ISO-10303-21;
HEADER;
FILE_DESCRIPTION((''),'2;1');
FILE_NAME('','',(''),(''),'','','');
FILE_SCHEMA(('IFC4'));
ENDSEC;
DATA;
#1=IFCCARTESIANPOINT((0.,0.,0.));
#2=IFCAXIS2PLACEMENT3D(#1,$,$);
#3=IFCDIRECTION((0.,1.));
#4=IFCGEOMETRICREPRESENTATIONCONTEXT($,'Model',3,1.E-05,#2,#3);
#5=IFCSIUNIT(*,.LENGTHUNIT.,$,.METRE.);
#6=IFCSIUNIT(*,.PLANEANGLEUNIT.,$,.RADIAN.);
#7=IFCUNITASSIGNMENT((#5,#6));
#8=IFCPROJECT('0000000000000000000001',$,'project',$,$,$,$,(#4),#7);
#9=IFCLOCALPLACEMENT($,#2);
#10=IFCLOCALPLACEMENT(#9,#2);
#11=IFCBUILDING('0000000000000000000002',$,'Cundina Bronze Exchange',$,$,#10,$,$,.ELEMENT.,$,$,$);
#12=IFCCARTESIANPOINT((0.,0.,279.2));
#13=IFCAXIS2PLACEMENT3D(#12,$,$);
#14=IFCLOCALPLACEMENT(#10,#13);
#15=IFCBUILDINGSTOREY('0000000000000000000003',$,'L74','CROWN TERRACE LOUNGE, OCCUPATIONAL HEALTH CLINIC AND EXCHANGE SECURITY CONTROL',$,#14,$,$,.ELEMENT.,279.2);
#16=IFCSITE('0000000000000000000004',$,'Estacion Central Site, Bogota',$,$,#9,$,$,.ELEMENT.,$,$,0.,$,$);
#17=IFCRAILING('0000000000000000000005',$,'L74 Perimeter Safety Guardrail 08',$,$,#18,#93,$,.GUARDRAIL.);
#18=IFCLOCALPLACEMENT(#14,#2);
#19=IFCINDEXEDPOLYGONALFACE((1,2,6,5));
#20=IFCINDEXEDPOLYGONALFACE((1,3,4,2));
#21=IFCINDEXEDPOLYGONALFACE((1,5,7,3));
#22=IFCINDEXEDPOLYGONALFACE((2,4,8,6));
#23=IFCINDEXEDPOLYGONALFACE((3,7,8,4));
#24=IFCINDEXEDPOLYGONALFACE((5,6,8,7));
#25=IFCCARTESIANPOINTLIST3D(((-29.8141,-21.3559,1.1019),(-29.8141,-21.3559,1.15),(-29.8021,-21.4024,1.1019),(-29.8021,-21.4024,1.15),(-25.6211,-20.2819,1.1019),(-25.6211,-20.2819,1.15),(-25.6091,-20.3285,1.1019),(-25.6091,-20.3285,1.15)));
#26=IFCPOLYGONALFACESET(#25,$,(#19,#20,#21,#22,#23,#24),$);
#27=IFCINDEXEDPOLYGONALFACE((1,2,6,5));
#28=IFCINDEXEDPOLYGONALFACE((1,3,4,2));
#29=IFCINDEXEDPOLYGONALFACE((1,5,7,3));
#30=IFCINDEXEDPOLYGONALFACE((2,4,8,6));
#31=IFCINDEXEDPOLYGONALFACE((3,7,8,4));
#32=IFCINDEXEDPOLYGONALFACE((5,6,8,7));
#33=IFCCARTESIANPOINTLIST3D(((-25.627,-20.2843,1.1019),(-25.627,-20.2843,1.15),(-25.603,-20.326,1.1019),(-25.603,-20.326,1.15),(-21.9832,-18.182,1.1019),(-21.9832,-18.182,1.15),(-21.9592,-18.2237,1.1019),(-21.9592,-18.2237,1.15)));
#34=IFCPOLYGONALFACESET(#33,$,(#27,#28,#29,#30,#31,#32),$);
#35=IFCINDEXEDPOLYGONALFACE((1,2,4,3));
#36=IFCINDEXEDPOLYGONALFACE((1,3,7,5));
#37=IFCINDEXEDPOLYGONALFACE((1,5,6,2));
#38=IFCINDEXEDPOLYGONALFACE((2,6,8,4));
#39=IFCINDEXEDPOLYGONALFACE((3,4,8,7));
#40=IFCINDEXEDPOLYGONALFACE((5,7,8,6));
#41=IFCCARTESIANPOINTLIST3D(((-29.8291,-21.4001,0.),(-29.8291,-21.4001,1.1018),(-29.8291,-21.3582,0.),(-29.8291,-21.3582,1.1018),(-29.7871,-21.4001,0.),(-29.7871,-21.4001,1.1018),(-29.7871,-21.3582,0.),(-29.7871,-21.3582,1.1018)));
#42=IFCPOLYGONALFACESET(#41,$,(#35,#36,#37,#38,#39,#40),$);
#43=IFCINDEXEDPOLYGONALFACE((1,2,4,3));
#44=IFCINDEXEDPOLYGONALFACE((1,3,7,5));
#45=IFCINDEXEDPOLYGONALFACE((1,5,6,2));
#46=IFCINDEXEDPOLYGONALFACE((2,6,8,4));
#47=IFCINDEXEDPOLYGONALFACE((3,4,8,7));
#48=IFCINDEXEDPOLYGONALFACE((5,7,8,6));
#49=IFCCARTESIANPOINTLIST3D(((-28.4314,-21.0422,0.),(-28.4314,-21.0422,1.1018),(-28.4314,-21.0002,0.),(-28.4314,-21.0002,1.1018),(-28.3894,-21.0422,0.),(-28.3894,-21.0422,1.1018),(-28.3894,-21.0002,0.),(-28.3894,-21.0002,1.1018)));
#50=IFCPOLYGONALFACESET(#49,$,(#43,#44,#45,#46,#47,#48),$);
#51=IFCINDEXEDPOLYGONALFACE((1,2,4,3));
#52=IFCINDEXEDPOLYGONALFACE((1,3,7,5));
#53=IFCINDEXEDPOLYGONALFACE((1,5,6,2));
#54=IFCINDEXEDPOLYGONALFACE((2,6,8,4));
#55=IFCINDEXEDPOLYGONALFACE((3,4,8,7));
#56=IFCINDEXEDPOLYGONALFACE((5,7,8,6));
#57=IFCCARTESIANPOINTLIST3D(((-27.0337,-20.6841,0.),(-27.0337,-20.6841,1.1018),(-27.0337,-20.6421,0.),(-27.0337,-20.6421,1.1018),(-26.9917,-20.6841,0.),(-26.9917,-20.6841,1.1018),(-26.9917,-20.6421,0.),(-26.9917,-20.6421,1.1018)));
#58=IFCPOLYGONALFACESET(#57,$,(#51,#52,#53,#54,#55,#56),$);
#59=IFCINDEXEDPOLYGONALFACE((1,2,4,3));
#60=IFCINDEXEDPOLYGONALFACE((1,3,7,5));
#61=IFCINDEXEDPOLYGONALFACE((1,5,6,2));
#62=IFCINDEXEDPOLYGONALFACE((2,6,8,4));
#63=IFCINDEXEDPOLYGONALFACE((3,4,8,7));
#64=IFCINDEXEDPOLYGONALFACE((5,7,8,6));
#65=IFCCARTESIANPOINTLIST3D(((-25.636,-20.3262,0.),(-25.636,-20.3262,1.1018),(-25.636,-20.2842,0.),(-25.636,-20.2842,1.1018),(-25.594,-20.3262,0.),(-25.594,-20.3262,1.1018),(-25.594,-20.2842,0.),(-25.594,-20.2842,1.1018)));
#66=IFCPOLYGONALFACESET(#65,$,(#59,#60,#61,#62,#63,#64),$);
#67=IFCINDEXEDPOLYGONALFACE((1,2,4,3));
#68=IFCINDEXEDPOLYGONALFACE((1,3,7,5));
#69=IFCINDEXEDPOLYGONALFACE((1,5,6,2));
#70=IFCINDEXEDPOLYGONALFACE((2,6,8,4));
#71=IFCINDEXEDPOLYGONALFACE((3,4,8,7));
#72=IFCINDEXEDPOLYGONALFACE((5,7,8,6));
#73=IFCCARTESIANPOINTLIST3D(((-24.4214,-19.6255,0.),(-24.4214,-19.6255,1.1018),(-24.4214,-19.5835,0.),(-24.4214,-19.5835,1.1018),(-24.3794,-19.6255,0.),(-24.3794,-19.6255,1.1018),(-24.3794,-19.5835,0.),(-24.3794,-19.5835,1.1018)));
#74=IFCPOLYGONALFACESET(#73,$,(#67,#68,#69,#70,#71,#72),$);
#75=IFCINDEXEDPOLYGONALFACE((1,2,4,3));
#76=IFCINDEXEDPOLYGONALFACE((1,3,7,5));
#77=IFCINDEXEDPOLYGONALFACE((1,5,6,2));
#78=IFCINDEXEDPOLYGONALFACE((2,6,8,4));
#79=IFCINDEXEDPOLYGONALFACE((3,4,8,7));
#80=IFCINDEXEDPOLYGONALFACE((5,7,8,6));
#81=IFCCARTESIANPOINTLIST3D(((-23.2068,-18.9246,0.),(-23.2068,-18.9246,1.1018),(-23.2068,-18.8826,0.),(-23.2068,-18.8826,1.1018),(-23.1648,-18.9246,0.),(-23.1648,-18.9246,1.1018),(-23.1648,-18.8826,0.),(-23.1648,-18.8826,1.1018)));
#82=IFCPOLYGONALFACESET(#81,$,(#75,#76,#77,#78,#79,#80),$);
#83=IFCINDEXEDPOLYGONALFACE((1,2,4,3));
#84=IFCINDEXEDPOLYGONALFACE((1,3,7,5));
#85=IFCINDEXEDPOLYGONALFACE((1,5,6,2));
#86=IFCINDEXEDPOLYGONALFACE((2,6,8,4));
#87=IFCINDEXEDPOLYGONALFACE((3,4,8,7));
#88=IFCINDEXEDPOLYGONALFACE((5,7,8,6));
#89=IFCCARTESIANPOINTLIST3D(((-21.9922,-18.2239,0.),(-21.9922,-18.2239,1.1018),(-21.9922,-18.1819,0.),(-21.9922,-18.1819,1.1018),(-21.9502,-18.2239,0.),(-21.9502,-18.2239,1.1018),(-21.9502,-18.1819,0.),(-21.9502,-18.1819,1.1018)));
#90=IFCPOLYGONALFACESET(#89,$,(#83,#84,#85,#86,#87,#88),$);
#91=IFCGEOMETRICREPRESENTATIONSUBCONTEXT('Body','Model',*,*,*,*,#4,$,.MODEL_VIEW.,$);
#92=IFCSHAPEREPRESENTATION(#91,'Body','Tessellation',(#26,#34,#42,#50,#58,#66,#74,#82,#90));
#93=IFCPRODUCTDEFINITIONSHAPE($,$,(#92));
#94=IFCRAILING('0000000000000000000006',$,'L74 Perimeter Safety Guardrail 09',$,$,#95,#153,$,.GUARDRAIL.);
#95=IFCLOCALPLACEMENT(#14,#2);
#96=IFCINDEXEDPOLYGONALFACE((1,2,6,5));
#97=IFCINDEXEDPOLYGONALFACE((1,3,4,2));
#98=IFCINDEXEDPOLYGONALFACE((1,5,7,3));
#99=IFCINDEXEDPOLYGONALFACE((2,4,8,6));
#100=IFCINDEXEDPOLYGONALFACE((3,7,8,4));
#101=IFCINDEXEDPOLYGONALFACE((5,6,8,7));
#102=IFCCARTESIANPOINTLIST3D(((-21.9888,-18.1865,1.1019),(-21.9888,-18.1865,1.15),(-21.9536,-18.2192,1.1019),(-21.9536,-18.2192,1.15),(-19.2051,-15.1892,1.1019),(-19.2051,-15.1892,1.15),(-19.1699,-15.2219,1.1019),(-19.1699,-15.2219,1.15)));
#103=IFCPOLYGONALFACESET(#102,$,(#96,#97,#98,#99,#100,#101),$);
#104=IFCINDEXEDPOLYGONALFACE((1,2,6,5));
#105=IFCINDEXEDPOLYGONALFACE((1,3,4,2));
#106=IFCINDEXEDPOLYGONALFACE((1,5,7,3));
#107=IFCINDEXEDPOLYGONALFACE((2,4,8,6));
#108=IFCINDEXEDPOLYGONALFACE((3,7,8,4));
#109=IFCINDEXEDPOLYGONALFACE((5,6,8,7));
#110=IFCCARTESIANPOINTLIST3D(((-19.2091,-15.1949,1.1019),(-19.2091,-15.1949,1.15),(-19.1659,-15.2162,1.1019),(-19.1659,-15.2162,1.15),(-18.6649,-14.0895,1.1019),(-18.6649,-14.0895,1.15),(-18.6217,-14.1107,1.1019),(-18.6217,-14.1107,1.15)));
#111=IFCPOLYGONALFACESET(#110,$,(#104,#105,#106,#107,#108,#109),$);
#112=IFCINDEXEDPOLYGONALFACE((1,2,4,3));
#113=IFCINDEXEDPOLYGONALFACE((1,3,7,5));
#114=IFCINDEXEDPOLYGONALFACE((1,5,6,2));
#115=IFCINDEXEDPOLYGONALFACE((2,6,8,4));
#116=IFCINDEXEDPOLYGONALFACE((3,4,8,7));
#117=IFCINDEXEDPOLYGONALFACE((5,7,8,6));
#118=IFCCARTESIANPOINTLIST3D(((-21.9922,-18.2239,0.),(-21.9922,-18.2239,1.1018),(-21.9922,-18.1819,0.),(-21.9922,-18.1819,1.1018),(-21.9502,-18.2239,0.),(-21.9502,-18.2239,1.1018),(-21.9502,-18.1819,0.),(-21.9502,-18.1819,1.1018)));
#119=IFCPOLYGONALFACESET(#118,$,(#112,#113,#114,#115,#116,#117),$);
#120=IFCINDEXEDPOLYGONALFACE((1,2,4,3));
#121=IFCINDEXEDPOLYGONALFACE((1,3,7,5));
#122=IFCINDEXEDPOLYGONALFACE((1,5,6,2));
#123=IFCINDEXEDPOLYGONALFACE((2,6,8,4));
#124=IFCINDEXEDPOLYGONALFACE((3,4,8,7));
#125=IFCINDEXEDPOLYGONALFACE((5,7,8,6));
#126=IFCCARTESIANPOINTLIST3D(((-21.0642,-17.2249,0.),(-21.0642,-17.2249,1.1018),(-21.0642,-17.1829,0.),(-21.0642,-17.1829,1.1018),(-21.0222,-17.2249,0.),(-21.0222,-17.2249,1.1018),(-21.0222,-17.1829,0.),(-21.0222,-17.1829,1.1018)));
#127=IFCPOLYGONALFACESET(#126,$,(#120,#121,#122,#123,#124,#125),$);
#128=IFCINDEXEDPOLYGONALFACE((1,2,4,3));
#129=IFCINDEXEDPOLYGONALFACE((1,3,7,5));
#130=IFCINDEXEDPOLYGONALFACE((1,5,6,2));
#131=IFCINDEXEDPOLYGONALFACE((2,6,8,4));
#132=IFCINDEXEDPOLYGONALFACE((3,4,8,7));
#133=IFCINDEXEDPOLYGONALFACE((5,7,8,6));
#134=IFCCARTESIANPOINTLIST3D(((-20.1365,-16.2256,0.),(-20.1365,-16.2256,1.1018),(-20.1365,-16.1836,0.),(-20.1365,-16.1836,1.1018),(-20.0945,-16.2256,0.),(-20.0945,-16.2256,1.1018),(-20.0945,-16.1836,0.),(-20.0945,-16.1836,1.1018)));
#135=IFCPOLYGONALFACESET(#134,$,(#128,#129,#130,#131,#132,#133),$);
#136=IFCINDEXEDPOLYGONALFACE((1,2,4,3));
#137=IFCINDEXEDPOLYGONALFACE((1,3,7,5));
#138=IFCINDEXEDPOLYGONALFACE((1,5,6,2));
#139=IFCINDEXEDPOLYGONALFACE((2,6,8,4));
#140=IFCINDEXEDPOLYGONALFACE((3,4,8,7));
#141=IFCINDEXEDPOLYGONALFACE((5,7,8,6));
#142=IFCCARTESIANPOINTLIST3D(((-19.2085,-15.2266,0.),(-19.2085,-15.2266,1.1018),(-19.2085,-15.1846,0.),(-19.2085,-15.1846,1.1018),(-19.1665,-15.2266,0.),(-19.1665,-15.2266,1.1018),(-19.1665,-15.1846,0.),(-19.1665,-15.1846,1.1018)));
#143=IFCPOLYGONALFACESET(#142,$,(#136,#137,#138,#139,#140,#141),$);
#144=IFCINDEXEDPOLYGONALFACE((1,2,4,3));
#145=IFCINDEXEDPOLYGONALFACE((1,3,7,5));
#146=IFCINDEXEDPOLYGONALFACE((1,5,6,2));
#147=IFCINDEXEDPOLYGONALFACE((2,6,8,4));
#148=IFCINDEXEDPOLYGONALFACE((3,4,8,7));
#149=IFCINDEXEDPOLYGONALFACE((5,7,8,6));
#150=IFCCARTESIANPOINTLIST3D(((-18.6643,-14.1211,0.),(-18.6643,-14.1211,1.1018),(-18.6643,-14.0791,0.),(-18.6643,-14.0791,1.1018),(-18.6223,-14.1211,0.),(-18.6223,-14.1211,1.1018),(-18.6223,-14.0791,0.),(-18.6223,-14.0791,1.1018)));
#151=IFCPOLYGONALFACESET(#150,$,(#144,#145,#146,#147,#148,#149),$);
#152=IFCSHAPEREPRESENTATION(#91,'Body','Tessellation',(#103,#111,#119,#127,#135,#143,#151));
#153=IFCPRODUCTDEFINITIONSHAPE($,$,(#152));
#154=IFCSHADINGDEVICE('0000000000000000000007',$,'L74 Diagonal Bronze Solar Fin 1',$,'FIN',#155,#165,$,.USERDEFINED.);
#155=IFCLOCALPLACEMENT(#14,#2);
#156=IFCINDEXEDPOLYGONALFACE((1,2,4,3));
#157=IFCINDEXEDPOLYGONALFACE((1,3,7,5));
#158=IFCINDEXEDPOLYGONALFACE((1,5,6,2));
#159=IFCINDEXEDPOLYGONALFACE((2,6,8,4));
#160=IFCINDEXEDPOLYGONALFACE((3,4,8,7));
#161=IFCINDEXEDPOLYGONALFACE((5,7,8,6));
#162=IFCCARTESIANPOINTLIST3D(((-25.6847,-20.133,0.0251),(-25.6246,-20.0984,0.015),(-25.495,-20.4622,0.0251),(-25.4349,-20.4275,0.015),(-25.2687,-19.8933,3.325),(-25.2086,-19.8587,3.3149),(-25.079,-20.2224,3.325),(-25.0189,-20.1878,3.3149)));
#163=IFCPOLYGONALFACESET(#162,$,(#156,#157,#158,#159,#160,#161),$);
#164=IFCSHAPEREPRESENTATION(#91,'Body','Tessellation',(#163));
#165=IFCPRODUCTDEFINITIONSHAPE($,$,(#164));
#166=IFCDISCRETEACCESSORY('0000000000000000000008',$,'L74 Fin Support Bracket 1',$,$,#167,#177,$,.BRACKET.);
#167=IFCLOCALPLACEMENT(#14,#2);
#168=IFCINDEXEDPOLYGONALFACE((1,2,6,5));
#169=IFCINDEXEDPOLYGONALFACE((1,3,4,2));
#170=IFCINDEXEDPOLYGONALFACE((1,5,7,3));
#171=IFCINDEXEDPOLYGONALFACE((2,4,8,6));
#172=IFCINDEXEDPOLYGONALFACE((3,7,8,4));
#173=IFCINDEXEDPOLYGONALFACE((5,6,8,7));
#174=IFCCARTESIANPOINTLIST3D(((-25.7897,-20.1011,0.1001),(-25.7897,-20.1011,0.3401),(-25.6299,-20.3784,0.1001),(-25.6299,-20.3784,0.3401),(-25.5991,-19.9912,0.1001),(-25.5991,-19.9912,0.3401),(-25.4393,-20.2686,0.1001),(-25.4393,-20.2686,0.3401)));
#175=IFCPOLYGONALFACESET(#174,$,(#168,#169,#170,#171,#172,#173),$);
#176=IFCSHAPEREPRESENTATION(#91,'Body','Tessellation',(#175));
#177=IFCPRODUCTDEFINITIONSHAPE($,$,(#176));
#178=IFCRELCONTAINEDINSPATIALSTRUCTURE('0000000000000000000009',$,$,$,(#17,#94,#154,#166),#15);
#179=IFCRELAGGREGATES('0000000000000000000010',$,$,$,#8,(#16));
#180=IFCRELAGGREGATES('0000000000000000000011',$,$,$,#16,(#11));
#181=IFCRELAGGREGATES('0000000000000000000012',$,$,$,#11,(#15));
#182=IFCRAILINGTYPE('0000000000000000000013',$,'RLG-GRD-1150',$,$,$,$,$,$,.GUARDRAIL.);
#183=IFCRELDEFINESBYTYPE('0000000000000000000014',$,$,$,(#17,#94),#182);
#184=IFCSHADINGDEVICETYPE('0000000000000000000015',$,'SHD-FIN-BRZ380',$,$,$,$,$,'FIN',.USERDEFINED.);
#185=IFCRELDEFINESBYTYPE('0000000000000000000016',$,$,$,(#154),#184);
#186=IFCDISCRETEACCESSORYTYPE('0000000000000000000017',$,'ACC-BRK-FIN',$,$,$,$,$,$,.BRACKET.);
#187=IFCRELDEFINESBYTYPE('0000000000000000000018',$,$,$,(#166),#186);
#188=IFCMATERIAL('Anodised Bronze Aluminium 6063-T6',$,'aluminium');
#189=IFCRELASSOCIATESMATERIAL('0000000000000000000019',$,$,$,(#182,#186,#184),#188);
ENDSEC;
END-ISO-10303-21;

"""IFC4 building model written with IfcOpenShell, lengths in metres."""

from ifc_helpers import new_model, si_unit, direction, frame, origin, origin_2d, place, context, subcontext, project, spatial, rectangle, extrude, material, material_profile, profile_set, type_object, element, save


model = new_model("IFC4")

# Units and contexts
model_context = context("Model", 3, precision=1e-05, world=origin(), true_north=direction((0.0, 1.0)))
body_context = subcontext(model_context, "Body", "Model", "MODEL_VIEW")
ifc_project = project(units=[si_unit("LENGTHUNIT", "METRE"), si_unit("PLANEANGLEUNIT", "RADIAN")], contexts=[model_context])

# Site, building, storey
site_placement = place(None, origin())
site = spatial("IfcSite", under=ifc_project, at=site_placement, Name="Estacion Central Site, Bogota", CompositionType="ELEMENT", RefElevation=0.0)
building_placement = place(site_placement, origin())
building = spatial("IfcBuilding", under=site, at=building_placement, Name="Cundina Bronze Exchange", CompositionType="ELEMENT")
storey_placement = place(building_placement, frame((0.0, 0.0, 279.2)))
storey = spatial("IfcBuildingStorey", under=building, at=storey_placement, Name="L74", Description="CROWN TERRACE LOUNGE, OCCUPATIONAL HEALTH CLINIC AND EXCHANGE SECURITY CONTROL", CompositionType="ELEMENT", Elevation=279.2)

# Shared definitions
ifc_material_1 = material(Name="Anodised Bronze Aluminium 6063-T6", Category="aluminium")

# Railings
railing_type = type_object("IfcRailingType", Name="RLG-GRD-1150", PredefinedType="GUARDRAIL", material=ifc_material_1)
railing_1_placement = place(storey_placement, frame((-29.8081, -21.3792, 0.0)))
element("IfcRailing", 1, at=railing_1_placement, inside=storey, type_object=railing_type, Name="L74 Perimeter Safety Guardrail 08", PredefinedType="GUARDRAIL", context=body_context, shape_type="SweptSolid", body=[
    extrude(rectangle(XDim=0.0481, YDim=0.0481, at=origin_2d()), frame((0.0, 0.0, 1.126), z_axis=(0.96873, 0.248119, 0.0), x_axis=(-0.248119, 0.96873, 0.0)), (0.0, 0.0, 1.0), 4.3284),
    extrude(rectangle(XDim=0.0481, YDim=0.0481, at=origin_2d()), frame((4.1931, 1.074, 1.126), z_axis=(0.866175, 0.499741, 0.0), x_axis=(-0.499741, 0.866175, 0.0)), (0.0, 0.0, 1.0), 4.2068),
    extrude(rectangle(XDim=0.042, YDim=0.042, at=origin_2d()), origin(), (0.0, 0.0, 1.0), 1.1018),
    extrude(rectangle(XDim=0.042, YDim=0.042, at=origin_2d()), frame((1.3977, 0.3579, 0.0)), (0.0, 0.0, 1.0), 1.1018),
    extrude(rectangle(XDim=0.042, YDim=0.042, at=origin_2d()), frame((2.7954, 0.7161, 0.0)), (0.0, 0.0, 1.0), 1.1018),
    extrude(rectangle(XDim=0.042, YDim=0.042, at=origin_2d()), frame((4.1931, 1.074, 0.0)), (0.0, 0.0, 1.0), 1.1018),
    extrude(rectangle(XDim=0.042, YDim=0.042, at=origin_2d()), frame((5.4077, 1.7747, 0.0)), (0.0, 0.0, 1.0), 1.1018),
    extrude(rectangle(XDim=0.042, YDim=0.042, at=origin_2d()), frame((6.6223, 2.4756, 0.0)), (0.0, 0.0, 1.0), 1.1018),
    extrude(rectangle(XDim=0.042, YDim=0.042, at=origin_2d()), frame((7.8369, 3.1763, 0.0)), (0.0, 0.0, 1.0), 1.1018),
])
railing_2_placement = place(storey_placement, frame((-21.9712, -18.2029, 0.0)))
element("IfcRailing", 2, at=railing_2_placement, inside=storey, type_object=railing_type, Name="L74 Perimeter Safety Guardrail 09", PredefinedType="GUARDRAIL", context=body_context, shape_type="SweptSolid", body=[
    extrude(rectangle(XDim=0.0481, YDim=0.0481, at=origin_2d()), frame((0.0, 0.0, 1.126), z_axis=(0.680513, 0.732736, 0.0), x_axis=(-0.732736, 0.680513, 0.0)), (0.0, 0.0, 1.0), 4.0906),
    extrude(rectangle(XDim=0.0481, YDim=0.0481, at=origin_2d()), frame((2.7837, 2.9973, 1.126), z_axis=(0.441657, 0.897184, 0.0), x_axis=(-0.897184, 0.441657, 0.0)), (0.0, 0.0, 1.0), 1.2322),
    extrude(rectangle(XDim=0.042, YDim=0.042, at=origin_2d()), origin(), (0.0, 0.0, 1.0), 1.1018),
    extrude(rectangle(XDim=0.042, YDim=0.042, at=origin_2d()), frame((0.928, 0.999, 0.0)), (0.0, 0.0, 1.0), 1.1018),
    extrude(rectangle(XDim=0.042, YDim=0.042, at=origin_2d()), frame((1.8557, 1.9983, 0.0)), (0.0, 0.0, 1.0), 1.1018),
    extrude(rectangle(XDim=0.042, YDim=0.042, at=origin_2d()), frame((2.7837, 2.9973, 0.0)), (0.0, 0.0, 1.0), 1.1018),
    extrude(rectangle(XDim=0.042, YDim=0.042, at=origin_2d()), frame((3.3279, 4.1028, 0.0)), (0.0, 0.0, 1.0), 1.1018),
])

# Shading device
ifc_material_profile_1 = material_profile(ifc_material_1, rectangle(XDim=0.0701, YDim=0.3799, at=origin_2d()), Name="FIN70X380", Category="aluminium")
ifc_profile_set_1 = profile_set([ifc_material_profile_1], Name="Anodised Bronze Aluminium 6063-T6")
shading_device_type = type_object("IfcShadingDeviceType", Name="SHD-FIN-BRZ380", ElementType="FIN", PredefinedType="USERDEFINED", material=ifc_profile_set_1)
shading_device_placement = place(storey_placement, frame((-25.5598, -20.2803, 0.02), z_axis=(0.12475, 0.071892, 0.98958), x_axis=(-0.857395, -0.494109, 0.143983)))
element("IfcShadingDevice", 3, at=shading_device_placement, inside=storey, type_object=shading_device_type, Name="L74 Diagonal Bronze Solar Fin 1", ObjectType="FIN", PredefinedType="USERDEFINED", context=body_context, shape_type="SweptSolid", body=[
    extrude(rectangle(XDim=0.0701, YDim=0.3799, at=origin_2d()), origin(), (0.0, 0.0, 1.0), 3.3347),
])

# Discrete accessory
discrete_accessory_type = type_object("IfcDiscreteAccessoryType", Name="ACC-BRK-FIN", PredefinedType="BRACKET", material=ifc_material_1)
discrete_accessory_placement = place(storey_placement, frame((-25.6145, -20.1848, 0.1001), z_axis=(0.0, 0.0, 1.0), x_axis=(0.866453, 0.499259, 0.0)))
element("IfcDiscreteAccessory", 4, at=discrete_accessory_placement, inside=storey, type_object=discrete_accessory_type, Name="L74 Fin Support Bracket 1", PredefinedType="BRACKET", context=body_context, shape_type="SweptSolid", body=[
    extrude(rectangle(XDim=0.22, YDim=0.3201, at=origin_2d()), origin(), (0.0, 0.0, 1.0), 0.24),
])

save(model, "model.ifc")
